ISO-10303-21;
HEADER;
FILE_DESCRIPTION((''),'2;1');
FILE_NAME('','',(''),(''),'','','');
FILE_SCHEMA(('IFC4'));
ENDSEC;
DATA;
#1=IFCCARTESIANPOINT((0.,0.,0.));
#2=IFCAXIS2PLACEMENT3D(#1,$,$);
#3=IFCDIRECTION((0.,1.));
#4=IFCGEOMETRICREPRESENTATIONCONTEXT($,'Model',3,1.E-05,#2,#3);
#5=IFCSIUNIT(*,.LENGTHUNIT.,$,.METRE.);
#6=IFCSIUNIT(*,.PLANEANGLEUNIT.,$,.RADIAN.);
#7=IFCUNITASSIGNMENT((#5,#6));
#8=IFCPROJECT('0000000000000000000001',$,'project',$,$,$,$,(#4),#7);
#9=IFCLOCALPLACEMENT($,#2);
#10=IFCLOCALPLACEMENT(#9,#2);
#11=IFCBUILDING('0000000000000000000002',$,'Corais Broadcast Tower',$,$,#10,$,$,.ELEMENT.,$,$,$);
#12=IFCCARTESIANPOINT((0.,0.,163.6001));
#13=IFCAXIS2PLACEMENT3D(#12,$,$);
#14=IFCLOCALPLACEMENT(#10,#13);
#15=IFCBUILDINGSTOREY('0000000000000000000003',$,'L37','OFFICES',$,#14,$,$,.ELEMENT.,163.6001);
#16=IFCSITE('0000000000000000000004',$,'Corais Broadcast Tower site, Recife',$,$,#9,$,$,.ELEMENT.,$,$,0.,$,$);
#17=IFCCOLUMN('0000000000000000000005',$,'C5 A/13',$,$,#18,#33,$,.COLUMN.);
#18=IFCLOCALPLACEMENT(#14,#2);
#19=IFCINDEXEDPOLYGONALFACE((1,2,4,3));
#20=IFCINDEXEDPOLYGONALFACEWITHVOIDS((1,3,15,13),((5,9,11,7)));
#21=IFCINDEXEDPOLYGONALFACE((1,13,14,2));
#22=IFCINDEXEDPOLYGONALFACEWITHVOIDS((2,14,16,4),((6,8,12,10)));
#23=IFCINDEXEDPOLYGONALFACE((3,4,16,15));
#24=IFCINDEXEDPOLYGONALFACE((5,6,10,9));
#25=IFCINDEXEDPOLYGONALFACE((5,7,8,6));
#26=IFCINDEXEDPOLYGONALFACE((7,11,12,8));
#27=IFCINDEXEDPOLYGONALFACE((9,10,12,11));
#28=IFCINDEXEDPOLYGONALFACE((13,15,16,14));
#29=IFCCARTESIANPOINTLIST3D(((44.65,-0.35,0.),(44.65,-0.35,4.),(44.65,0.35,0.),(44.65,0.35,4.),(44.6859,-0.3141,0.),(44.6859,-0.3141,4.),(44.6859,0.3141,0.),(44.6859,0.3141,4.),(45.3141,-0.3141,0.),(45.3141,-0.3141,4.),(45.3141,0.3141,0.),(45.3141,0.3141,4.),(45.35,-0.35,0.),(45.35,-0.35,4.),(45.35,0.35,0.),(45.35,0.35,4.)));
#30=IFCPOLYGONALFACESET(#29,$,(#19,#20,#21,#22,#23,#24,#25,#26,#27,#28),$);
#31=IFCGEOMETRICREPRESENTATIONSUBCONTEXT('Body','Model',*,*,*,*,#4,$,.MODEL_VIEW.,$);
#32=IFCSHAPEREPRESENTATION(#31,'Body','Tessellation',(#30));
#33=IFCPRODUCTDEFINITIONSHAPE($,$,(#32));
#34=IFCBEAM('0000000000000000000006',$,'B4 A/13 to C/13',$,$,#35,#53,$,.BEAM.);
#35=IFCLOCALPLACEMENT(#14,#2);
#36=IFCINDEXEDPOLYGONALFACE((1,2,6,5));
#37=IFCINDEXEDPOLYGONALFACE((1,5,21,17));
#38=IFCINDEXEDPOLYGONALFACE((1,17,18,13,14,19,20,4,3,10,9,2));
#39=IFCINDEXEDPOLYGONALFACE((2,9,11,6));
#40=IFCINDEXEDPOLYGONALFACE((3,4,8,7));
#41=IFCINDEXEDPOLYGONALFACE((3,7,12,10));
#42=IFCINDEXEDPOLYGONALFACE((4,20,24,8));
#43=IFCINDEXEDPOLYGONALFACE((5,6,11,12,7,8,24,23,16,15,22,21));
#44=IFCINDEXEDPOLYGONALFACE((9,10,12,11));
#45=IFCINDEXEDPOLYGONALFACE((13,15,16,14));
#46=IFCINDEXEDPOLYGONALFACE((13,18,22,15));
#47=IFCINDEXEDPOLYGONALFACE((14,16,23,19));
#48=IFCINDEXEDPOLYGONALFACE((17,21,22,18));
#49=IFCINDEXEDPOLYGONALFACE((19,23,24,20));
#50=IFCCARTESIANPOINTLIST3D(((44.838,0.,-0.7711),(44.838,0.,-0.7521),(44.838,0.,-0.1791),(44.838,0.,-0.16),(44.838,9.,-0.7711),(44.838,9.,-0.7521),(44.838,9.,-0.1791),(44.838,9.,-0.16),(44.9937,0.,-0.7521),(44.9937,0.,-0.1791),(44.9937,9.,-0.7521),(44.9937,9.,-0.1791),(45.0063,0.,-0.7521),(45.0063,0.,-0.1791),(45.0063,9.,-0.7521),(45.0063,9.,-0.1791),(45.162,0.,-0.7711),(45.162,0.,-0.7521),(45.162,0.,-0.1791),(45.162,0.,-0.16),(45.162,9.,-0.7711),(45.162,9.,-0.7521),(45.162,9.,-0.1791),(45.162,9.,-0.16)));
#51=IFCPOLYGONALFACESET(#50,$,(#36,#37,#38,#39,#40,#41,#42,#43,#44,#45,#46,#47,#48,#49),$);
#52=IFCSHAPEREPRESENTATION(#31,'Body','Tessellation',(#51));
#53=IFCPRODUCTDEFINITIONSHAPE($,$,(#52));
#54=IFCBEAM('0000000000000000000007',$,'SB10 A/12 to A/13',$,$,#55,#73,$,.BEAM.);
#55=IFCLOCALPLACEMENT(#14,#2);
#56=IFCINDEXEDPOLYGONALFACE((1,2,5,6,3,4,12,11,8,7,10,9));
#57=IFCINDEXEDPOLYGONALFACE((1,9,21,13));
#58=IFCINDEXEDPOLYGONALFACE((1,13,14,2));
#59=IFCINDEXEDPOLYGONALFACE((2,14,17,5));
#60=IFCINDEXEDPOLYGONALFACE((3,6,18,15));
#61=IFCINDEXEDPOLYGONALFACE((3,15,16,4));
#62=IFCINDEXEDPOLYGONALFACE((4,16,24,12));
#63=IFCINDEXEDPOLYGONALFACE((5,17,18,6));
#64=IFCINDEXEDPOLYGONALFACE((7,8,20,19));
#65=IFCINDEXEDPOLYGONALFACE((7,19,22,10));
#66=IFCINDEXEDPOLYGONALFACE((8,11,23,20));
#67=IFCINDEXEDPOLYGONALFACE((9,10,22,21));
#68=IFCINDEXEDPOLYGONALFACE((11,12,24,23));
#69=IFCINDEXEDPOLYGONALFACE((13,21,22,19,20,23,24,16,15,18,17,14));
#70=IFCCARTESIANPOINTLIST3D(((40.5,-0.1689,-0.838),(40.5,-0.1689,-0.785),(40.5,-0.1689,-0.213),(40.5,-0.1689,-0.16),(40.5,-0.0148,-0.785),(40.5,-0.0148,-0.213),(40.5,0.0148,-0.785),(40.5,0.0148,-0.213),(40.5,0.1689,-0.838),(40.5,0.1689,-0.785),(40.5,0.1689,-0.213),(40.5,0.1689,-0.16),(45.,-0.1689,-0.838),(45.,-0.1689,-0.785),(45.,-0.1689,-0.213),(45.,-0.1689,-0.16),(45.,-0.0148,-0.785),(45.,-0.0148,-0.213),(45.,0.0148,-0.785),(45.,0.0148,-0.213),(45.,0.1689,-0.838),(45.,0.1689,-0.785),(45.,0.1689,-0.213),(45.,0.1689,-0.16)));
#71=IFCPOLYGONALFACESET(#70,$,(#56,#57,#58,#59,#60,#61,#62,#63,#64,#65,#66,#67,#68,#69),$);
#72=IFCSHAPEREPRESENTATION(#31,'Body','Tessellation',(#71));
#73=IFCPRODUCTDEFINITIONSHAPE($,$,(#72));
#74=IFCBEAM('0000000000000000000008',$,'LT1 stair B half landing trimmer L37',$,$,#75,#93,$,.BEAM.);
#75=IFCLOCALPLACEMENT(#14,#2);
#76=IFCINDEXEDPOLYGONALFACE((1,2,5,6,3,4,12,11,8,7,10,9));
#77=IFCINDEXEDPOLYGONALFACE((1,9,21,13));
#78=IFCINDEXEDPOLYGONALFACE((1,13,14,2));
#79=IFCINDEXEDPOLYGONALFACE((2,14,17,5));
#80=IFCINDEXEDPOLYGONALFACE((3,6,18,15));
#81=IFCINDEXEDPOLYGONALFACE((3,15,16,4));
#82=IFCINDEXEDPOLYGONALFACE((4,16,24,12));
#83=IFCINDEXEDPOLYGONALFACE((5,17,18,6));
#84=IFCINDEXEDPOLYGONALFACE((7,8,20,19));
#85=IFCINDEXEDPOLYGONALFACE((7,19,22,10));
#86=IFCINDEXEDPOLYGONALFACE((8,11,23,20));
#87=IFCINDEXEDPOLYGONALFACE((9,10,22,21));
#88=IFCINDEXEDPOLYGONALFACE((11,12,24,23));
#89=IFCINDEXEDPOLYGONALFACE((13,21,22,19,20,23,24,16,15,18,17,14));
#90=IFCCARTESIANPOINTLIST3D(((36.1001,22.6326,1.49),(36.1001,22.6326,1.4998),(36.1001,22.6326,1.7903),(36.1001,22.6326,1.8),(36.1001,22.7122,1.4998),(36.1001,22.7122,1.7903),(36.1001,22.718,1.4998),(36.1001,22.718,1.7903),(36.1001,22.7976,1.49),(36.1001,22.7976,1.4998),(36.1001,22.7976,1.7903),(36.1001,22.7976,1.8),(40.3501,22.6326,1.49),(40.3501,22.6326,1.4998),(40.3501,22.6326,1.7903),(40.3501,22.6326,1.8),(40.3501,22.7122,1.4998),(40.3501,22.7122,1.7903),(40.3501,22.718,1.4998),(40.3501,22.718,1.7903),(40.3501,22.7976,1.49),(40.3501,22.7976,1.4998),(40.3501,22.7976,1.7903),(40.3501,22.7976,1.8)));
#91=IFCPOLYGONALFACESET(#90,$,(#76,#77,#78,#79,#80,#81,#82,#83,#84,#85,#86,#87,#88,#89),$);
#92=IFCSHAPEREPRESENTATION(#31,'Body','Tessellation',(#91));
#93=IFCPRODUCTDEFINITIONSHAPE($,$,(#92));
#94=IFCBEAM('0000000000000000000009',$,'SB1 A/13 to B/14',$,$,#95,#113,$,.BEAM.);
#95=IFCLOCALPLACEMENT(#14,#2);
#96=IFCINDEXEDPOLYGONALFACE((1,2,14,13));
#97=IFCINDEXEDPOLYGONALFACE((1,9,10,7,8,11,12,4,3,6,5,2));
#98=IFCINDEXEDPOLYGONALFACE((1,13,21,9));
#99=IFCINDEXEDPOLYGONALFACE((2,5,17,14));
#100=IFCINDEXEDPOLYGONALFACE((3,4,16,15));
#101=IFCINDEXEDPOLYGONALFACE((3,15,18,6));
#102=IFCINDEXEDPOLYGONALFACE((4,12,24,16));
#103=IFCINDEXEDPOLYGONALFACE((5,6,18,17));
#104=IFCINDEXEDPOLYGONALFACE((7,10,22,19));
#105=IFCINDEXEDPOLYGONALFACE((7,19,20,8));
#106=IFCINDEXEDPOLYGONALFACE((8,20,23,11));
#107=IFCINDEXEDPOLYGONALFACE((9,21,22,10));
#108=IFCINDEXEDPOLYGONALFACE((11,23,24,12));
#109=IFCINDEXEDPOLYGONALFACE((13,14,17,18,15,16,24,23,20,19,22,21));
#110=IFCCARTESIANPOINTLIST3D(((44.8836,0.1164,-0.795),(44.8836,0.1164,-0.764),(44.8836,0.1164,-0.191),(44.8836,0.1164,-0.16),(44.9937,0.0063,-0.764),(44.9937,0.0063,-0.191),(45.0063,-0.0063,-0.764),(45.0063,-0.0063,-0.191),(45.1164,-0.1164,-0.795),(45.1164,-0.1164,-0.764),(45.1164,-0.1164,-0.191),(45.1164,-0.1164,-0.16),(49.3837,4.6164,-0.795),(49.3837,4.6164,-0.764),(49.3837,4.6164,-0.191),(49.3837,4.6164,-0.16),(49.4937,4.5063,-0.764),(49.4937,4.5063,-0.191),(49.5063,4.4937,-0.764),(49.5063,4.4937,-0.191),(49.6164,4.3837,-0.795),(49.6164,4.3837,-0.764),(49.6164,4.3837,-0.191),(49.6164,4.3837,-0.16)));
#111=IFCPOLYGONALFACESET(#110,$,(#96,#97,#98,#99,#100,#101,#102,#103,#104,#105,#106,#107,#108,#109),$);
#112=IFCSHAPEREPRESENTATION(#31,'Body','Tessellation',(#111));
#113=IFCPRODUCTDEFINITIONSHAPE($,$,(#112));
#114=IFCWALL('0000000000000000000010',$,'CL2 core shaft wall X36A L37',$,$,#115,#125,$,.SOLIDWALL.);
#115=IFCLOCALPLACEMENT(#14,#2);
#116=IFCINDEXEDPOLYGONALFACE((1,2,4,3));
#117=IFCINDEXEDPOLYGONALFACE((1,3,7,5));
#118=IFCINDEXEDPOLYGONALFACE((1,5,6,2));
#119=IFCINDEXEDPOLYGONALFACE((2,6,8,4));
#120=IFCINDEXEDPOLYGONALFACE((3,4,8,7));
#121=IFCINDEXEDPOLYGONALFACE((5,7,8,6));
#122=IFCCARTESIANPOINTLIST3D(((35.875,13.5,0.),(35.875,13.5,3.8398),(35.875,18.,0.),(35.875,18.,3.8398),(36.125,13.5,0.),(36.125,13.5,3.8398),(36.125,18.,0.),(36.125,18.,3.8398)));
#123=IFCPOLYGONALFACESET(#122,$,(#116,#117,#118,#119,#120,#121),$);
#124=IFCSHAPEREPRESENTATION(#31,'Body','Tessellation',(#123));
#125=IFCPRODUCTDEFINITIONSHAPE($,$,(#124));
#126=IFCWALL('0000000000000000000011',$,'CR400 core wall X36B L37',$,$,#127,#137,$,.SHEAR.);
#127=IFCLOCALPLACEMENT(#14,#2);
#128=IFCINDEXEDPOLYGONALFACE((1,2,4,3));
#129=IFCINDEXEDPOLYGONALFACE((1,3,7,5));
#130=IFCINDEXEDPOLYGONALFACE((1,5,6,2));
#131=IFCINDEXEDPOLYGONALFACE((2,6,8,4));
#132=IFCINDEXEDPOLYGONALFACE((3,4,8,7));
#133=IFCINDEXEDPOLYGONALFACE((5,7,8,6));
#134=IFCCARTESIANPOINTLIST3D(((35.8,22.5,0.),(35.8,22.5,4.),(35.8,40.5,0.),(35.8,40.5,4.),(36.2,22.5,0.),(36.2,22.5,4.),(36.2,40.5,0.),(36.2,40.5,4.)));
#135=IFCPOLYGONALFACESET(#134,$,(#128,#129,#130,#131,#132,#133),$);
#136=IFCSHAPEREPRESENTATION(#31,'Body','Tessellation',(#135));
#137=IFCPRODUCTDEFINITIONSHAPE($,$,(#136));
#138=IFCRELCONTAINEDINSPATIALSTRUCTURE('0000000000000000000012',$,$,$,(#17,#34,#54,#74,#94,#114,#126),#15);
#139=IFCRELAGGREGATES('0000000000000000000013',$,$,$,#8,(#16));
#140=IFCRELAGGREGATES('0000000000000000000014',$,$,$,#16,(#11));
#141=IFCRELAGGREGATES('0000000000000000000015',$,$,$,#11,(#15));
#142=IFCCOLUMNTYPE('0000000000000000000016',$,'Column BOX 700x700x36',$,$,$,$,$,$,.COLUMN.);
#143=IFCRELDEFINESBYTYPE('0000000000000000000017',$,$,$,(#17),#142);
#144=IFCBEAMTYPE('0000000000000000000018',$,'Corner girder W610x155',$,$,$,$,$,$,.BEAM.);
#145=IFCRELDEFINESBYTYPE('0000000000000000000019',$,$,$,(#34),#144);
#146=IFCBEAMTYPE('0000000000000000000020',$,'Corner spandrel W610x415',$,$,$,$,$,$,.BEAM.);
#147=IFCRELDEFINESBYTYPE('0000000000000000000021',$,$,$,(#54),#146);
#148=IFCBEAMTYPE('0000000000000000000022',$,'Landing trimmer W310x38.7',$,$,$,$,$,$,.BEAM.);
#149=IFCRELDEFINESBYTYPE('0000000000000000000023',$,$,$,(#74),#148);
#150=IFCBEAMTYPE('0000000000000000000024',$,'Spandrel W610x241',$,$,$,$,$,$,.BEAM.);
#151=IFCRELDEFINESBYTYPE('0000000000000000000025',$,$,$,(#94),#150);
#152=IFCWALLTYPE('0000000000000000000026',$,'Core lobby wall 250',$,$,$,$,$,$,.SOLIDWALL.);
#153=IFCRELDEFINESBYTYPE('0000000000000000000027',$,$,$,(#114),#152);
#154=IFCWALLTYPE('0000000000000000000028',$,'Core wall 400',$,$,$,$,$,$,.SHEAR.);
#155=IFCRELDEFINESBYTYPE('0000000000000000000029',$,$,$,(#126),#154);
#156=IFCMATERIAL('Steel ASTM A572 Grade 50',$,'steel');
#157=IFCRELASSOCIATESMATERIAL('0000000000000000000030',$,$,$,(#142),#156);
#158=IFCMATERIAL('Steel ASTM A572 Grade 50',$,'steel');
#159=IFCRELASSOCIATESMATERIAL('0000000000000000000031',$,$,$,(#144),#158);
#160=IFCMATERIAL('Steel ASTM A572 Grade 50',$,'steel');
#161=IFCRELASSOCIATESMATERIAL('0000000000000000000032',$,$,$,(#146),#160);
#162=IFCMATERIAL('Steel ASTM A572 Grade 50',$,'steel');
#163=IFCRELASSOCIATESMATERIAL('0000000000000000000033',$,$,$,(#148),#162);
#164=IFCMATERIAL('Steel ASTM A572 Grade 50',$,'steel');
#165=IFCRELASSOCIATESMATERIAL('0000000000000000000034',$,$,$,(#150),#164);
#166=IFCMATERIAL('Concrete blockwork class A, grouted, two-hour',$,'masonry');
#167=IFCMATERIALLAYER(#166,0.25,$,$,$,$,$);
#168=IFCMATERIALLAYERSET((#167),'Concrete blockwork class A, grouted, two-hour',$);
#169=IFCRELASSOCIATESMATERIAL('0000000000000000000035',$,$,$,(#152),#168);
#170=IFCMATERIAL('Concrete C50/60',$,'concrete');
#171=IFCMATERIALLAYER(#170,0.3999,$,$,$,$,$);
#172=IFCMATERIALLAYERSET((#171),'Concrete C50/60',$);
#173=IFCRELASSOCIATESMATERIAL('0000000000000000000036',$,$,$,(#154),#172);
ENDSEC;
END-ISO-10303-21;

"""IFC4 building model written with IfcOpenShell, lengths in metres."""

from ifc_helpers import new_model, si_unit, direction, frame, frame_2d, origin, origin_2d, place, context, subcontext, project, spatial, rectangle, hollow_rectangle, i_section, extrude, material, layer, layer_set, material_profile, profile_set, type_object, element, save


model = new_model("IFC4")

# Units and contexts
model_context = context("Model", 3, precision=1e-05, world=origin(), true_north=direction((0.0, 1.0)))
body_context = subcontext(model_context, "Body", "Model", "MODEL_VIEW")
ifc_project = project(units=[si_unit("LENGTHUNIT", "METRE"), si_unit("PLANEANGLEUNIT", "RADIAN")], contexts=[model_context])

# Site, building, storey
site_placement = place(None, origin())
site = spatial("IfcSite", under=ifc_project, at=site_placement, Name="Corais Broadcast Tower site, Recife", CompositionType="ELEMENT", RefElevation=0.0)
building_placement = place(site_placement, origin())
building = spatial("IfcBuilding", under=site, at=building_placement, Name="Corais Broadcast Tower", CompositionType="ELEMENT")
storey_placement = place(building_placement, frame((0.0, 0.0, 163.6001)))
storey = spatial("IfcBuildingStorey", under=building, at=storey_placement, Name="L37", Description="OFFICES", CompositionType="ELEMENT", Elevation=163.6001)

# Column
ifc_material_1 = material(Name="Steel ASTM A572 Grade 50", Category="steel")
ifc_material_profile_1 = material_profile(ifc_material_1, hollow_rectangle(XDim=0.7, YDim=0.7, WallThickness=0.0359, at=origin_2d()), Name="BOX 700x700x36")
ifc_profile_set_1 = profile_set([ifc_material_profile_1], Name="Steel ASTM A572 Grade 50")
column_type = type_object("IfcColumnType", Name="Column BOX 700x700x36", PredefinedType="COLUMN", material=ifc_profile_set_1)
column_placement = place(storey_placement, frame((45.0, 0.0, 0.0), z_axis=(0.0, 0.0, 1.0), x_axis=(1.0, 0.0, 0.0)))
element("IfcColumn", 1, at=column_placement, inside=storey, type_object=column_type, Name="C5 A/13", PredefinedType="COLUMN", context=body_context, shape_type="SweptSolid", body=[
    extrude(hollow_rectangle(XDim=0.7, YDim=0.7, WallThickness=0.0359, at=origin_2d()), origin(), (0.0, 0.0, 1.0), 4.0),
])

# Beams
ifc_material_2 = material(Name="Steel ASTM A572 Grade 50", Category="steel")
ifc_material_profile_2 = material_profile(ifc_material_2, i_section(OverallWidth=0.324, OverallDepth=0.6111, WebThickness=0.0127, FlangeThickness=0.019, at=origin_2d()), Name="W610x155")
ifc_profile_set_2 = profile_set([ifc_material_profile_2], Name="Steel ASTM A572 Grade 50")
beam_type_1 = type_object("IfcBeamType", Name="Corner girder W610x155", PredefinedType="BEAM", material=ifc_profile_set_2)
beam_1_placement = place(storey_placement, frame((45.0, 0.0, -0.4656), z_axis=(0.0, 1.0, 0.0), x_axis=(-1.0, 0.0, 0.0)))
element("IfcBeam", 2, at=beam_1_placement, inside=storey, type_object=beam_type_1, Name="B4 A/13 to C/13", PredefinedType="BEAM", context=body_context, shape_type="SweptSolid", body=[
    extrude(i_section(OverallWidth=0.324, OverallDepth=0.6111, WebThickness=0.0127, FlangeThickness=0.019, at=origin_2d()), origin(), (0.0, 0.0, 1.0), 9.0),
])
ifc_material_3 = material(Name="Steel ASTM A572 Grade 50", Category="steel")
ifc_material_profile_3 = material_profile(ifc_material_3, i_section(OverallWidth=0.3379, OverallDepth=0.678, WebThickness=0.0295, FlangeThickness=0.053, at=origin_2d()), Name="W610x415")
ifc_profile_set_3 = profile_set([ifc_material_profile_3], Name="Steel ASTM A572 Grade 50")
beam_type_2 = type_object("IfcBeamType", Name="Corner spandrel W610x415", PredefinedType="BEAM", material=ifc_profile_set_3)
beam_2_placement = place(storey_placement, frame((40.5, 0.0, -0.499), z_axis=(1.0, 0.0, 0.0), x_axis=(0.0, 1.0, 0.0)))
element("IfcBeam", 3, at=beam_2_placement, inside=storey, type_object=beam_type_2, Name="SB10 A/12 to A/13", PredefinedType="BEAM", context=body_context, shape_type="SweptSolid", body=[
    extrude(i_section(OverallWidth=0.3379, OverallDepth=0.678, WebThickness=0.0295, FlangeThickness=0.053, at=origin_2d()), origin(), (0.0, 0.0, 1.0), 4.5),
])
ifc_material_4 = material(Name="Steel ASTM A572 Grade 50", Category="steel")
ifc_material_profile_4 = material_profile(ifc_material_4, i_section(OverallWidth=0.165, OverallDepth=0.3101, WebThickness=0.0059, FlangeThickness=0.0098, at=origin_2d()), Name="W310x38.7")
ifc_profile_set_4 = profile_set([ifc_material_profile_4], Name="Steel ASTM A572 Grade 50")
beam_type_3 = type_object("IfcBeamType", Name="Landing trimmer W310x38.7", PredefinedType="BEAM", material=ifc_profile_set_4)
beam_3_placement = place(storey_placement, frame((36.1001, 22.7151, 1.645), z_axis=(1.0, 0.0, 0.0), x_axis=(0.0, 1.0, 0.0)))
element("IfcBeam", 4, at=beam_3_placement, inside=storey, type_object=beam_type_3, Name="LT1 stair B half landing trimmer L37", PredefinedType="BEAM", context=body_context, shape_type="SweptSolid", body=[
    extrude(i_section(OverallWidth=0.165, OverallDepth=0.3101, WebThickness=0.0059, FlangeThickness=0.0098, at=origin_2d()), origin(), (0.0, 0.0, 1.0), 4.25),
])
ifc_material_5 = material(Name="Steel ASTM A572 Grade 50", Category="steel")
ifc_material_profile_5 = material_profile(ifc_material_5, i_section(OverallWidth=0.3291, OverallDepth=0.635, WebThickness=0.0178, FlangeThickness=0.031, at=origin_2d()), Name="W610x241")
ifc_profile_set_5 = profile_set([ifc_material_profile_5], Name="Steel ASTM A572 Grade 50")
beam_type_4 = type_object("IfcBeamType", Name="Spandrel W610x241", PredefinedType="BEAM", material=ifc_profile_set_5)
beam_4_placement = place(storey_placement, frame((45.0, 0.0, -0.4775), z_axis=(0.707107, 0.707107, 0.0), x_axis=(-0.707107, 0.707107, 0.0)))
element("IfcBeam", 5, at=beam_4_placement, inside=storey, type_object=beam_type_4, Name="SB1 A/13 to B/14", PredefinedType="BEAM", context=body_context, shape_type="SweptSolid", body=[
    extrude(i_section(OverallWidth=0.3291, OverallDepth=0.635, WebThickness=0.0178, FlangeThickness=0.031, at=origin_2d()), origin(), (0.0, 0.0, 1.0), 6.364),
])

# Walls
ifc_material_6 = material(Name="Concrete blockwork class A, grouted, two-hour", Category="masonry")
ifc_layer_1 = layer(ifc_material_6, 0.25)
ifc_layer_set_1 = layer_set([ifc_layer_1], Name="Concrete blockwork class A, grouted, two-hour")
wall_type_1 = type_object("IfcWallType", Name="Core lobby wall 250", PredefinedType="SOLIDWALL", material=ifc_layer_set_1)
wall_1_placement = place(storey_placement, frame((36.0, 13.5, 0.0), z_axis=(0.0, 0.0, 1.0), x_axis=(0.0, 1.0, 0.0)))
element("IfcWall", 6, at=wall_1_placement, inside=storey, type_object=wall_type_1, Name="CL2 core shaft wall X36A L37", PredefinedType="SOLIDWALL", context=body_context, shape_type="SweptSolid", body=[
    extrude(rectangle(XDim=4.5, YDim=0.25, at=frame_2d((2.25, 0.0))), origin(), (0.0, 0.0, 1.0), 3.8398),
])
ifc_material_7 = material(Name="Concrete C50/60", Category="concrete")
ifc_layer_2 = layer(ifc_material_7, 0.3999)
ifc_layer_set_2 = layer_set([ifc_layer_2], Name="Concrete C50/60")
wall_type_2 = type_object("IfcWallType", Name="Core wall 400", PredefinedType="SHEAR", material=ifc_layer_set_2)
wall_2_placement = place(storey_placement, frame((36.0, 22.5, 0.0), z_axis=(0.0, 0.0, 1.0), x_axis=(0.0, 1.0, 0.0)))
element("IfcWall", 7, at=wall_2_placement, inside=storey, type_object=wall_type_2, Name="CR400 core wall X36B L37", PredefinedType="SHEAR", context=body_context, shape_type="SweptSolid", body=[
    extrude(rectangle(XDim=18.0, YDim=0.3999, at=frame_2d((9.0, 0.0))), origin(), (0.0, 0.0, 1.0), 4.0),
])

save(model, "model.ifc")
